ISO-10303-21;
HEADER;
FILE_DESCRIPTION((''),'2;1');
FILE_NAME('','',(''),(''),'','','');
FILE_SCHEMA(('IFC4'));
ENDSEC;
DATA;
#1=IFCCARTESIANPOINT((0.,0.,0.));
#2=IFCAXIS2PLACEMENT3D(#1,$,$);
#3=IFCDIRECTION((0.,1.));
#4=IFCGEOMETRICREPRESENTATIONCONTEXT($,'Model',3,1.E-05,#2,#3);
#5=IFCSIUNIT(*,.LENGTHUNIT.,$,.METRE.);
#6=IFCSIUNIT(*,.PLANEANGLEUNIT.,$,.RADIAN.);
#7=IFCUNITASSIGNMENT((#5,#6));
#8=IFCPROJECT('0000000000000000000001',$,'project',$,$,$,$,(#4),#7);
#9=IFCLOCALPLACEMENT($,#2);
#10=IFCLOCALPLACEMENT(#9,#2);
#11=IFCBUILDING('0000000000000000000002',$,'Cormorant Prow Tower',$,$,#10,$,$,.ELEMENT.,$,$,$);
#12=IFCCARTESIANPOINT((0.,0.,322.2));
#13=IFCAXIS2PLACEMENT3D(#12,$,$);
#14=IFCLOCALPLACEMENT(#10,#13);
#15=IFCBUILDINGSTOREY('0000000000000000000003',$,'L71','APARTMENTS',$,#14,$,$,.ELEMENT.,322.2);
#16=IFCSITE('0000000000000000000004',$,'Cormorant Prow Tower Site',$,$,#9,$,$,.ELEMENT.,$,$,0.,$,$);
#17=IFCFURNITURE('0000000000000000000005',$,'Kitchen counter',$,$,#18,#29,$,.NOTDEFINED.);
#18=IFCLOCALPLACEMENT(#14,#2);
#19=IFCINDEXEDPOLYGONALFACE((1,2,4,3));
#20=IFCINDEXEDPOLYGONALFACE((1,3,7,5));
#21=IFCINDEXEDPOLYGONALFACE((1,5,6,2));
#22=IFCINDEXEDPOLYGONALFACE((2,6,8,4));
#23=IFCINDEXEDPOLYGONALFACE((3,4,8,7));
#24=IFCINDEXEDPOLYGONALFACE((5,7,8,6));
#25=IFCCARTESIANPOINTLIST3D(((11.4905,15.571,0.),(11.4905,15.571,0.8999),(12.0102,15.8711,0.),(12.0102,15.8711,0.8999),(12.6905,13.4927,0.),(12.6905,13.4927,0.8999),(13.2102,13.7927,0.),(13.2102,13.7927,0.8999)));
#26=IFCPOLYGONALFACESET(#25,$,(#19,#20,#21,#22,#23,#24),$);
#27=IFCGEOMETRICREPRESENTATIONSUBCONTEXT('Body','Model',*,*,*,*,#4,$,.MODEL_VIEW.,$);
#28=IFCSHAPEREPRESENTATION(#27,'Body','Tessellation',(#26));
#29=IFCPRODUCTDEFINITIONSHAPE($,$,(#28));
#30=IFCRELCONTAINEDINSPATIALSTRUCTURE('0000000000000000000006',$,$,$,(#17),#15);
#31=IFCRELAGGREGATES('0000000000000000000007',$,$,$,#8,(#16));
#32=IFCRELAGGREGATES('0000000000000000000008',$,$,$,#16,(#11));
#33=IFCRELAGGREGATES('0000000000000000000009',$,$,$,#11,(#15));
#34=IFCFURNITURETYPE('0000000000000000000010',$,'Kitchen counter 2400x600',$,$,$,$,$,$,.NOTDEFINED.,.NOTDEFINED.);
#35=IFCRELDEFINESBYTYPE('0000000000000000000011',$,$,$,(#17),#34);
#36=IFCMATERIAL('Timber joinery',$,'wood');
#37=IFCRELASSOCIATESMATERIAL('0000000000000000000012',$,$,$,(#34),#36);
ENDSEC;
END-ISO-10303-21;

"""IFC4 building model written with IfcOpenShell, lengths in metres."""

from ifc_helpers import new_model, si_unit, direction, frame, origin, origin_2d, place, context, subcontext, project, spatial, rectangle, extrude, material, type_object, element, save


model = new_model("IFC4")

# Units and contexts
model_context = context("Model", 3, precision=1e-05, world=origin(), true_north=direction((0.0, 1.0)))
body_context = subcontext(model_context, "Body", "Model", "MODEL_VIEW")
ifc_project = project(units=[si_unit("LENGTHUNIT", "METRE"), si_unit("PLANEANGLEUNIT", "RADIAN")], contexts=[model_context])

# Site, building, storey
site_placement = place(None, origin())
site = spatial("IfcSite", under=ifc_project, at=site_placement, Name="Cormorant Prow Tower Site", CompositionType="ELEMENT", RefElevation=0.0)
building_placement = place(site_placement, origin())
building = spatial("IfcBuilding", under=site, at=building_placement, Name="Cormorant Prow Tower", CompositionType="ELEMENT")
storey_placement = place(building_placement, frame((0.0, 0.0, 322.2)))
storey = spatial("IfcBuildingStorey", under=building, at=storey_placement, Name="L71", Description="APARTMENTS", CompositionType="ELEMENT", Elevation=322.2)

# Furniture
ifc_material_1 = material(Name="Timber joinery", Category="wood")
furniture_type = type_object("IfcFurnitureType", Name="Kitchen counter 2400x600", AssemblyPlace="NOTDEFINED", PredefinedType="NOTDEFINED", material=ifc_material_1)
furniture_placement = place(storey_placement, frame((12.3503, 14.6819, 0.0), z_axis=(0.0, 0.0, 1.0), x_axis=(-0.5, 0.866025, 0.0)))
element("IfcFurniture", 1, at=furniture_placement, inside=storey, type_object=furniture_type, Name="Kitchen counter", PredefinedType="NOTDEFINED", context=body_context, shape_type="SweptSolid", body=[
    extrude(rectangle(XDim=2.3999, YDim=0.6001, at=origin_2d()), origin(), (0.0, 0.0, 1.0), 0.8999),
])

save(model, "model.ifc")
